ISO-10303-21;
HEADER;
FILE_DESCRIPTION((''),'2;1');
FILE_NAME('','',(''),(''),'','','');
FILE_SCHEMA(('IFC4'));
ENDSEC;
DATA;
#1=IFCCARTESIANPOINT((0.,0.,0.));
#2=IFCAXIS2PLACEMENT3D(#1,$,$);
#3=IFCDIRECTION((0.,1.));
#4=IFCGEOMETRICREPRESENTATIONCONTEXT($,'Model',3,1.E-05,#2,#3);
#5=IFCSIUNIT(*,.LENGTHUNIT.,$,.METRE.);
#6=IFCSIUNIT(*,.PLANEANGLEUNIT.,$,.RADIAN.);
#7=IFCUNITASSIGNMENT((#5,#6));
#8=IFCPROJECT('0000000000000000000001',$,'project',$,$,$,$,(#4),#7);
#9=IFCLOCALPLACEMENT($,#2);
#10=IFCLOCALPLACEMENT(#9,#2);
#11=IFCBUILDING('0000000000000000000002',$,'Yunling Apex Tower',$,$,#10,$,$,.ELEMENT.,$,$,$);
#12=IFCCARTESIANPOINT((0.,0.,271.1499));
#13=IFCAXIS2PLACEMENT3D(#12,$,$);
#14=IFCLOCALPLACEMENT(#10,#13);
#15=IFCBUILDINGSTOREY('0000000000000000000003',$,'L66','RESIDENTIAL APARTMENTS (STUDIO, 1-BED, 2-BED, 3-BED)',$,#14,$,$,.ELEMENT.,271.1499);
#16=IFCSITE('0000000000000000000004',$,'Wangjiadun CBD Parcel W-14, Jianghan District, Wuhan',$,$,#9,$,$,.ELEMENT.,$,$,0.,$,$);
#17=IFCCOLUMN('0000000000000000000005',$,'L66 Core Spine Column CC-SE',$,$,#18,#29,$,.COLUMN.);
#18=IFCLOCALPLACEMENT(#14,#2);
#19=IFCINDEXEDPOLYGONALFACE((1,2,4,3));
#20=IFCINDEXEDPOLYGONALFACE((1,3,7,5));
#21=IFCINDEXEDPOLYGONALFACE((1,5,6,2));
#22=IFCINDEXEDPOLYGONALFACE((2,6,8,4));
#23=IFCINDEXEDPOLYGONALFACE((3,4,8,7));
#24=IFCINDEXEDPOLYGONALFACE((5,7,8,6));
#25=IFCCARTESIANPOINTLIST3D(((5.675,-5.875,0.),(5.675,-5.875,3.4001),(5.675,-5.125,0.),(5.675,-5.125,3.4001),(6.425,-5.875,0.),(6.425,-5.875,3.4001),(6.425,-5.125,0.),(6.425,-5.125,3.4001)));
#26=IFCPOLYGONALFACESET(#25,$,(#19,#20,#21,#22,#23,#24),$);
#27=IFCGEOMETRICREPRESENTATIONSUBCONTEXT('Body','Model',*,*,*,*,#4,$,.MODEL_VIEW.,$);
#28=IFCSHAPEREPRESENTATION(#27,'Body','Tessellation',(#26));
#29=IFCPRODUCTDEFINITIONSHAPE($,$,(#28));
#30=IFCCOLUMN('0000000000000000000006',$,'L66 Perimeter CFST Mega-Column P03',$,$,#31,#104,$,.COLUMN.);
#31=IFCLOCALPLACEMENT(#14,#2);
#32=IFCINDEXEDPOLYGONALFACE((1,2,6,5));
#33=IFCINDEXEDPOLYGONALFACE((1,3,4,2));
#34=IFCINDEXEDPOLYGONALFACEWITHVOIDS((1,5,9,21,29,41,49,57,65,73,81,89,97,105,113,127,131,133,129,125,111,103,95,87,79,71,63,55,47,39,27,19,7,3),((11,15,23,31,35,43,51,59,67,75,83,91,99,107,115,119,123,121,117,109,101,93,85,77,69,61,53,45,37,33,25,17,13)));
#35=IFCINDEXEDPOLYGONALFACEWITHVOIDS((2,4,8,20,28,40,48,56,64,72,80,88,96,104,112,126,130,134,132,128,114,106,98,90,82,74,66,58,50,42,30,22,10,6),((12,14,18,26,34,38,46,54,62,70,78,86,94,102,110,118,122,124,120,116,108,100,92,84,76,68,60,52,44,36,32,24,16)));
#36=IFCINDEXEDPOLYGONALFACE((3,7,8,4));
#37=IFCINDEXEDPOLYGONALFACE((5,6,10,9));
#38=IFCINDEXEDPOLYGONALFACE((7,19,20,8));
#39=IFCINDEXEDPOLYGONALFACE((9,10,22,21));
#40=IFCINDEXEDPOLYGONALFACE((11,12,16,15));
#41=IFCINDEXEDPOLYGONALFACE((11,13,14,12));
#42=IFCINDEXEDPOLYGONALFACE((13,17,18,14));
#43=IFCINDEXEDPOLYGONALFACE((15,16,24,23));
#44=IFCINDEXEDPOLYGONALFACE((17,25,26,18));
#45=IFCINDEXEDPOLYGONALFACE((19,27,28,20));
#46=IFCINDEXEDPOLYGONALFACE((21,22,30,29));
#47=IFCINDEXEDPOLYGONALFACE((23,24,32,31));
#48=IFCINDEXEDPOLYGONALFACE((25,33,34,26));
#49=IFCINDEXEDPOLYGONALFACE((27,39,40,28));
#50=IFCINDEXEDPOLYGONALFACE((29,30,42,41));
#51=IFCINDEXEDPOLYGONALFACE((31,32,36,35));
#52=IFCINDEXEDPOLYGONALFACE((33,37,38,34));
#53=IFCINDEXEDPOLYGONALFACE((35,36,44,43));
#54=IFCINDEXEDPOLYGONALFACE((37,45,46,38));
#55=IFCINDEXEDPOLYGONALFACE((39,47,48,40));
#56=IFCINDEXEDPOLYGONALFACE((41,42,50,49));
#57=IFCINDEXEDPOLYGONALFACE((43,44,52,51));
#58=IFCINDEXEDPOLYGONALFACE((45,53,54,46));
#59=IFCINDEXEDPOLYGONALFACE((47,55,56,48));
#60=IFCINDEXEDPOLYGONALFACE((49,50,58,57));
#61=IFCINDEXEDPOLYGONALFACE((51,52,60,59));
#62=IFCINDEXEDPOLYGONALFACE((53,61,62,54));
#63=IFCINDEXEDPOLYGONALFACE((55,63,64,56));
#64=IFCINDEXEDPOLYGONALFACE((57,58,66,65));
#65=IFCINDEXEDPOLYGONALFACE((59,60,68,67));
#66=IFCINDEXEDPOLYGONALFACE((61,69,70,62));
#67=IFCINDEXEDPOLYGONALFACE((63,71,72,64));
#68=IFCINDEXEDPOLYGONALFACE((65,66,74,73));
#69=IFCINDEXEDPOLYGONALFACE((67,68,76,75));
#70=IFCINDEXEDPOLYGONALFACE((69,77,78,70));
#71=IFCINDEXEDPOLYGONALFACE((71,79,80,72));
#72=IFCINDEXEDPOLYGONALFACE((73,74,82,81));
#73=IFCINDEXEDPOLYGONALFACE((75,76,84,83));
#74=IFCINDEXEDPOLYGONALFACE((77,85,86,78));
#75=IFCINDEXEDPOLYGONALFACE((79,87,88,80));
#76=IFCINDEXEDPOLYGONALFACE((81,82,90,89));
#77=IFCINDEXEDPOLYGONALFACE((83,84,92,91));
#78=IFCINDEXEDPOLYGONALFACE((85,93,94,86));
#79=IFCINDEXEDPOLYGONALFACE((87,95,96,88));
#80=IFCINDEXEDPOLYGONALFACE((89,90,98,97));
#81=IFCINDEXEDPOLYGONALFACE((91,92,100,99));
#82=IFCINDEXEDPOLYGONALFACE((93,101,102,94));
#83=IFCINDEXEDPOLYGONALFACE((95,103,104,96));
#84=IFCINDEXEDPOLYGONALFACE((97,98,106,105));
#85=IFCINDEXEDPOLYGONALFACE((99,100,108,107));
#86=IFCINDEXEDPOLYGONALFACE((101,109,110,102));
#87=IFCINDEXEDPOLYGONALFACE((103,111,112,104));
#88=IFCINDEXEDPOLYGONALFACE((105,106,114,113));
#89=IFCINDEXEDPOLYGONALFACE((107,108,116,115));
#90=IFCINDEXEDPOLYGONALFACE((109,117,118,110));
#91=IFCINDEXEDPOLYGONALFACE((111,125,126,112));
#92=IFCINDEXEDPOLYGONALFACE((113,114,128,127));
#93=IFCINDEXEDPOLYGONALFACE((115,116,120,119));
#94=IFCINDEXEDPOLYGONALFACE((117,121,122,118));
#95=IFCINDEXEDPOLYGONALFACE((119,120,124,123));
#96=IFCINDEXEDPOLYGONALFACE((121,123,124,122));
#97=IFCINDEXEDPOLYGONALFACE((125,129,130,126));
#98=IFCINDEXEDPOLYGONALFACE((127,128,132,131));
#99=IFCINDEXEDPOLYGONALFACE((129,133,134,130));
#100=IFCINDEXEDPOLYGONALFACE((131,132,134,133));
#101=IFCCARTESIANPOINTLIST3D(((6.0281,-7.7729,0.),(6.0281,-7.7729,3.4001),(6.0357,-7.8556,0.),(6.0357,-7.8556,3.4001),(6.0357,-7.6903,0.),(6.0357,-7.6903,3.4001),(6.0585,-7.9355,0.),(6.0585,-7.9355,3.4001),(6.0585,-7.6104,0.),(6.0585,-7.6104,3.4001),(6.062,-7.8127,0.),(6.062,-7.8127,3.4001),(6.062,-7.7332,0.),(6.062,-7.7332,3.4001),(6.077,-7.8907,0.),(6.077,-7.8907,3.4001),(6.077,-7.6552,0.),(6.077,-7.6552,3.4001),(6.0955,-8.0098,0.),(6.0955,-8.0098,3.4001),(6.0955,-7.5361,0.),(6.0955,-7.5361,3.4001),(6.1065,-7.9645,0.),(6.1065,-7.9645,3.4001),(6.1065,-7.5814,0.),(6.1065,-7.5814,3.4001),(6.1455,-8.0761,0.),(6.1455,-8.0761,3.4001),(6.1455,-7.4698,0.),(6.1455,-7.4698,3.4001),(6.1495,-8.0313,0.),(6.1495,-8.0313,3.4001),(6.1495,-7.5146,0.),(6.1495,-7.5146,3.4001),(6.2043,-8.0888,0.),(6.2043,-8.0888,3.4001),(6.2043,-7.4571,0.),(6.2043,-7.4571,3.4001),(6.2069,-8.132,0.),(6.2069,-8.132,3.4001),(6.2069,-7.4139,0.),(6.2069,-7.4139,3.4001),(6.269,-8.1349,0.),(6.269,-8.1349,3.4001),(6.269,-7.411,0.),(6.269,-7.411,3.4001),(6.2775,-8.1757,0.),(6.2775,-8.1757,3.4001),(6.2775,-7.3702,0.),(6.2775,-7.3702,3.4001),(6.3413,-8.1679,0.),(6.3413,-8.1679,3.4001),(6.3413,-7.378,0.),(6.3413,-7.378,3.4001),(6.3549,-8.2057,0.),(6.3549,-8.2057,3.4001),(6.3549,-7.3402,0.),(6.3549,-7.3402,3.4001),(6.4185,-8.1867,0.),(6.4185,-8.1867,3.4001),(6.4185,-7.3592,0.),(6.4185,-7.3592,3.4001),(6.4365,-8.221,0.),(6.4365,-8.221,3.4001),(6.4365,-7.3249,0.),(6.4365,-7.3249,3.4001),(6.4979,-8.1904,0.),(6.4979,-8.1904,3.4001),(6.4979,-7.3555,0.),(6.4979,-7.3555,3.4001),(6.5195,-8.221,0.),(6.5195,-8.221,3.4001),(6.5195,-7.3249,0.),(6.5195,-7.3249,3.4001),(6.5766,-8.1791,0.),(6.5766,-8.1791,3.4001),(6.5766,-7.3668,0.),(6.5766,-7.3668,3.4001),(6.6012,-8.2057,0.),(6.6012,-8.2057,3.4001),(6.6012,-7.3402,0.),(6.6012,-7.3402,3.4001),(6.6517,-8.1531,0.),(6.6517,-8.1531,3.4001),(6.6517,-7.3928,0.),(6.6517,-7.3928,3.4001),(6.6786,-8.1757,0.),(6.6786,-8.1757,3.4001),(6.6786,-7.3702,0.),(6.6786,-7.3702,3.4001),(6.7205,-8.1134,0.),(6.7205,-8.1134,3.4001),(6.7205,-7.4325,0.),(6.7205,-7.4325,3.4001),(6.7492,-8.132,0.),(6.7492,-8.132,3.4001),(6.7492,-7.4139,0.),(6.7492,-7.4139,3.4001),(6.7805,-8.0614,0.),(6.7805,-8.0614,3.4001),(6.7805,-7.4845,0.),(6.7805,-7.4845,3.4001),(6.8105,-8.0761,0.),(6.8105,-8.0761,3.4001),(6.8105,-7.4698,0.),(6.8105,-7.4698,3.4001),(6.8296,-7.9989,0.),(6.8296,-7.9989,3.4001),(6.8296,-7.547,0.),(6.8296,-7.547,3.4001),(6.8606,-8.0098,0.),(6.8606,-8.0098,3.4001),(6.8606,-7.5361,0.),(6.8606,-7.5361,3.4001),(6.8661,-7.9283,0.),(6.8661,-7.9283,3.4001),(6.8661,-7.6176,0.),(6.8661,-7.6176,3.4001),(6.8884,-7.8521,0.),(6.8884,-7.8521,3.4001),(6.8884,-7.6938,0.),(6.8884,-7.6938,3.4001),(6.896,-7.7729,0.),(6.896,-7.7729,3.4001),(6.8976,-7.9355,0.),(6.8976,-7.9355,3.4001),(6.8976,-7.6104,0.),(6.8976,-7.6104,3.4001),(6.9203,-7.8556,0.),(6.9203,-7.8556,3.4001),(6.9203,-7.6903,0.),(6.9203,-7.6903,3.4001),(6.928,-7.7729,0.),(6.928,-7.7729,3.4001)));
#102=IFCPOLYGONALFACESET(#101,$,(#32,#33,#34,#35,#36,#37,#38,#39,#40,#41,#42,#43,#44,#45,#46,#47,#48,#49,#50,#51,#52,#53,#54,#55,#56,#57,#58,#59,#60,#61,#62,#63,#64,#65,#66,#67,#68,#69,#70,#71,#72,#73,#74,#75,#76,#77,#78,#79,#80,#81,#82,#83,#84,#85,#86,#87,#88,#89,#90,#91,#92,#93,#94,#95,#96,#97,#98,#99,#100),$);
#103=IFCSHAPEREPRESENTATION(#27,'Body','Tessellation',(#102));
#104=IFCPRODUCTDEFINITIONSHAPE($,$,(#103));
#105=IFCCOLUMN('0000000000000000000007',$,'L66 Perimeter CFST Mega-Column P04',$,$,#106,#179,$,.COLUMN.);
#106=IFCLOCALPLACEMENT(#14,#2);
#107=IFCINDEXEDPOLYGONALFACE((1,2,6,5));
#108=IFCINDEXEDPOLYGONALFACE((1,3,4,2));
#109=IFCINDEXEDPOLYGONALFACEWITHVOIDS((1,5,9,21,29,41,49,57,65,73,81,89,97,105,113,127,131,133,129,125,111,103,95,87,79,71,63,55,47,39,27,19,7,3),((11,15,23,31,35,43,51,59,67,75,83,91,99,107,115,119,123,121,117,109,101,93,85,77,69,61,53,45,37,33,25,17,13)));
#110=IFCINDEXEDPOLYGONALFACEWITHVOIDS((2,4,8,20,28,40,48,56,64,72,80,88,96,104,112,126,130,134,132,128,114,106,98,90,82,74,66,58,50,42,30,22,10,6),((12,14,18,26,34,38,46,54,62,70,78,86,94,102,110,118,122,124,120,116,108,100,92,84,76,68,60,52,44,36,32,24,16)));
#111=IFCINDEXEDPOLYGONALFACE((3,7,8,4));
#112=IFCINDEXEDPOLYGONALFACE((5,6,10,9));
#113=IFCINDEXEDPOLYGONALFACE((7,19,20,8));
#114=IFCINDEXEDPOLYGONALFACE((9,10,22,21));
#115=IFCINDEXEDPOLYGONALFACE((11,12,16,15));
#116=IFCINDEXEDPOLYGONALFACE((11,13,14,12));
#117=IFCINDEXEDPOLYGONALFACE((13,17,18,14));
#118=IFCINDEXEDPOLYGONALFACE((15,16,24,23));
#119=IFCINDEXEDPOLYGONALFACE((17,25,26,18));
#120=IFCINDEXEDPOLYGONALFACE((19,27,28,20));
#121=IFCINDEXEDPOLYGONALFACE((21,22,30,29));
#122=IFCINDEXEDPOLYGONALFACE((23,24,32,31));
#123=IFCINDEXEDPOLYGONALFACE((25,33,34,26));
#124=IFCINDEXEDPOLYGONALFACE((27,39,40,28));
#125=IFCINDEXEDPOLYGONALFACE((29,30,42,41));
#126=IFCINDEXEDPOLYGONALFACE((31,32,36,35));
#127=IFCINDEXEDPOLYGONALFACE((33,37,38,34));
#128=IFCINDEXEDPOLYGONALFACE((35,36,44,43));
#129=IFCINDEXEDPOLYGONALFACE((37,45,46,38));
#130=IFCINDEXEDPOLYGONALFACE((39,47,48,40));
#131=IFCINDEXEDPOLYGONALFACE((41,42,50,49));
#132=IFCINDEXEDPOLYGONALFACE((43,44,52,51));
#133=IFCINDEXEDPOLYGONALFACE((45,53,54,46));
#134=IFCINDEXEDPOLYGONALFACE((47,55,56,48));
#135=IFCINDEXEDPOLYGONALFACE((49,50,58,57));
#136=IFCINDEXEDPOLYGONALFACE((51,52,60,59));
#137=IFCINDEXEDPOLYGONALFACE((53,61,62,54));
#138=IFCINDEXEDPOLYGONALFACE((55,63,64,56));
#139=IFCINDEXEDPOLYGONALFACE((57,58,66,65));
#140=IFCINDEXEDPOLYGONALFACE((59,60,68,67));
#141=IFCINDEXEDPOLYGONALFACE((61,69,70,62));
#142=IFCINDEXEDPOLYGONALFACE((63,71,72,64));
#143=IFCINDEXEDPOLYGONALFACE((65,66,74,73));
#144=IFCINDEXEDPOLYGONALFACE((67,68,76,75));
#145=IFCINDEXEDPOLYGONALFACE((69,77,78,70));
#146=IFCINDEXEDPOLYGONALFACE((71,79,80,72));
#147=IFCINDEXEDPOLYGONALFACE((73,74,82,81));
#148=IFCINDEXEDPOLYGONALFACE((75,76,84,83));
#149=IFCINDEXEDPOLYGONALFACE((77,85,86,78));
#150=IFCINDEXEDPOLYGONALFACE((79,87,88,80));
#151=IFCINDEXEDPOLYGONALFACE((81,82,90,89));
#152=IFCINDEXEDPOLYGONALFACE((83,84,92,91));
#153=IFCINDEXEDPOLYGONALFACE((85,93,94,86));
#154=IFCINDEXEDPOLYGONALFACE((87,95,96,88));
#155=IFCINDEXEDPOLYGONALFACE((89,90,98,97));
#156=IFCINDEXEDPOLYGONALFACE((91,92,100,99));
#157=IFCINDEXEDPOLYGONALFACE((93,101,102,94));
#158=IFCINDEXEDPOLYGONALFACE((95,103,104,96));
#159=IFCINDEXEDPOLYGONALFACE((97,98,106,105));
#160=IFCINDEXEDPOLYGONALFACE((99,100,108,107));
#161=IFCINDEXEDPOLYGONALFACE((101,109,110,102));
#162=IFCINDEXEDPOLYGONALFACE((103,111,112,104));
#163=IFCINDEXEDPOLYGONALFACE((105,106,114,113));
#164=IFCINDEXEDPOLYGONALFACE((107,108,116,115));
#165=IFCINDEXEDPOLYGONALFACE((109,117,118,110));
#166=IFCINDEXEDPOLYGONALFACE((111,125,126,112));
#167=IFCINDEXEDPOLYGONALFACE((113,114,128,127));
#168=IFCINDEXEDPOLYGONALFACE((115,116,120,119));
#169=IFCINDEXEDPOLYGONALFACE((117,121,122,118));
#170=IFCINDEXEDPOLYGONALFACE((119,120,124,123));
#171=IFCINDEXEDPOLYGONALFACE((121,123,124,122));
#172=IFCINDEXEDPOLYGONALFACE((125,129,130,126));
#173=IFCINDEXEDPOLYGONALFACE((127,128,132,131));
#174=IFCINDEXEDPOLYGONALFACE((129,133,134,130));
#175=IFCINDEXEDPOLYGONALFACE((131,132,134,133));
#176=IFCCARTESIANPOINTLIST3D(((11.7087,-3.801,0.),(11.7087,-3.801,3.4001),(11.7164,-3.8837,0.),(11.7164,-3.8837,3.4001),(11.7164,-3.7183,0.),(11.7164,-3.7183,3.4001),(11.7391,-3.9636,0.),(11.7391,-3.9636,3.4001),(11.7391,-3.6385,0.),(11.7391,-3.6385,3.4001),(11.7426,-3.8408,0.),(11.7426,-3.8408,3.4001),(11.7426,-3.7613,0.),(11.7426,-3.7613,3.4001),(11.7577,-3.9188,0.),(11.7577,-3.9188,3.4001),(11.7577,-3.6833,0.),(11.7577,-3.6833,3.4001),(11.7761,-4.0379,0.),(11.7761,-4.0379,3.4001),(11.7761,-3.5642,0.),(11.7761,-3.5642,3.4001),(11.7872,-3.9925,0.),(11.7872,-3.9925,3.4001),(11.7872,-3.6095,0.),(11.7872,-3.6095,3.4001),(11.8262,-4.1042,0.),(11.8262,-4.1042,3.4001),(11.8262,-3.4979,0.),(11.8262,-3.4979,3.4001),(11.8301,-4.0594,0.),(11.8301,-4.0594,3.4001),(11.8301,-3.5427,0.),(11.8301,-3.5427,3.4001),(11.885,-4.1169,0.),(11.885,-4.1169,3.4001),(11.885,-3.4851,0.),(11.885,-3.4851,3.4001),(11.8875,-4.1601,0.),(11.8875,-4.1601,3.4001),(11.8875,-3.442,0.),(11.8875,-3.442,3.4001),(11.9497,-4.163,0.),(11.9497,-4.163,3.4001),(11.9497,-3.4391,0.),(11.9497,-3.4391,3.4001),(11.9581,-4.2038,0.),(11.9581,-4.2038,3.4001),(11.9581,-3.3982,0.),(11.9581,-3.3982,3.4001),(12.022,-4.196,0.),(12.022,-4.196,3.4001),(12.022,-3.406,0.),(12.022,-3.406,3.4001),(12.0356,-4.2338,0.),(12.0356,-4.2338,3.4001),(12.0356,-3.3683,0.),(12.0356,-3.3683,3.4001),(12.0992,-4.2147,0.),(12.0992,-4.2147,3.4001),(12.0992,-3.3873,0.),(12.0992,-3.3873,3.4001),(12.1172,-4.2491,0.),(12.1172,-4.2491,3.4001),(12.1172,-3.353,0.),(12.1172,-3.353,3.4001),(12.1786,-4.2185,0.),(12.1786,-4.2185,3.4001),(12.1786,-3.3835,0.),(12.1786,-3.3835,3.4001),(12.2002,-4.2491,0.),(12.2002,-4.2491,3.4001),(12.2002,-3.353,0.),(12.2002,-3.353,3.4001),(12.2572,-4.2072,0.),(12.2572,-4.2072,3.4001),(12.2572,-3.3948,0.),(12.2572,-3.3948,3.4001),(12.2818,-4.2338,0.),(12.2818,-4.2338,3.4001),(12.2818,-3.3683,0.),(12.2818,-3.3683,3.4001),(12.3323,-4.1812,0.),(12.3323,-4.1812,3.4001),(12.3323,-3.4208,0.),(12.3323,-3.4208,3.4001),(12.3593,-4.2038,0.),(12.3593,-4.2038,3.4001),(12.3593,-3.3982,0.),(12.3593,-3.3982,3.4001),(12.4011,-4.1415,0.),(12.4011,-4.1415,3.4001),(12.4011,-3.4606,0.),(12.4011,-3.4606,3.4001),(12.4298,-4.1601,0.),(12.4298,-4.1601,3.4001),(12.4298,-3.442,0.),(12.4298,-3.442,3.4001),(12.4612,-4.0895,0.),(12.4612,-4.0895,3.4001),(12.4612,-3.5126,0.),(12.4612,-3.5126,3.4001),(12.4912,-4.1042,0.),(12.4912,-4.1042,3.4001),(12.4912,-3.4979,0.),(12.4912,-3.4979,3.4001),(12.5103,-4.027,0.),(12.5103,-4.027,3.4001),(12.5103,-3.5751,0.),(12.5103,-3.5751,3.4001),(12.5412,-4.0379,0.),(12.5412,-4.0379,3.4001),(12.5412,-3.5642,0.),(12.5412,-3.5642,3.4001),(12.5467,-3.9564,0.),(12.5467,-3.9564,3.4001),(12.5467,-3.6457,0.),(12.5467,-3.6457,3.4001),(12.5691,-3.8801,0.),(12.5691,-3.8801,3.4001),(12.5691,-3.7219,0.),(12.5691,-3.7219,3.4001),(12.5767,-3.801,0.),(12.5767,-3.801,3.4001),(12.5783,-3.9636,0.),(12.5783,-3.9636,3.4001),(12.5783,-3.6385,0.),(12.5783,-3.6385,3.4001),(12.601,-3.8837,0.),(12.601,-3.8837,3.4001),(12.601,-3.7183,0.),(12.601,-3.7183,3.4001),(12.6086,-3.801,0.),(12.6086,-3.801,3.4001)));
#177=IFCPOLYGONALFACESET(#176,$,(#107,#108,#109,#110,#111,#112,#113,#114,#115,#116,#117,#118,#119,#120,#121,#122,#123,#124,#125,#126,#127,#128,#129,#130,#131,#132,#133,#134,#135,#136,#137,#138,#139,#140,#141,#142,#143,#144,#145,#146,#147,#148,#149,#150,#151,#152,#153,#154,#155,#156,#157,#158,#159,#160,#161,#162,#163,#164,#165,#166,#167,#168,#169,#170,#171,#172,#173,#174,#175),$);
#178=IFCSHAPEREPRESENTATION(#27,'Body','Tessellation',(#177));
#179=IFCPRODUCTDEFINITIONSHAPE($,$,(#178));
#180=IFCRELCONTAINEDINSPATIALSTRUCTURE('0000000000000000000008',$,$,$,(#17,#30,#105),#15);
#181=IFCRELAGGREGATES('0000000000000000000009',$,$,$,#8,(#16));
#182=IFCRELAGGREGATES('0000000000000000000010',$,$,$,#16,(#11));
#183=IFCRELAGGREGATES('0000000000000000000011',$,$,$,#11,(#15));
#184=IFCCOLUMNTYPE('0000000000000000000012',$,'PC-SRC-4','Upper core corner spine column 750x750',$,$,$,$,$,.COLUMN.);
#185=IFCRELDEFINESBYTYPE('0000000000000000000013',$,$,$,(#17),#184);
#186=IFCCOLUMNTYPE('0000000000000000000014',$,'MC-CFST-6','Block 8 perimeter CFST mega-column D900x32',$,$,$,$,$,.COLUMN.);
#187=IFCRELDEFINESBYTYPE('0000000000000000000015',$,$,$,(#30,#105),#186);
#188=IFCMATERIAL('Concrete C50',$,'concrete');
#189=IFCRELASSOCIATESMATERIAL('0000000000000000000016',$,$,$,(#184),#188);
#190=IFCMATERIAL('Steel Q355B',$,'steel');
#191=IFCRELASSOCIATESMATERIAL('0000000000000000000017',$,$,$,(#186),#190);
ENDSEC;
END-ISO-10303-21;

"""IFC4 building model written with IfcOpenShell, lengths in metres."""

from ifc_helpers import new_model, si_unit, direction, frame, origin, origin_2d, place, context, subcontext, project, spatial, rectangle, hollow_circle, extrude, source, transform, mapped, material, material_profile, profile_set, type_object, element, save


model = new_model("IFC4")

# Units and contexts
model_context = context("Model", 3, precision=1e-05, world=origin(), true_north=direction((0.0, 1.0)))
body_context = subcontext(model_context, "Body", "Model", "MODEL_VIEW")
ifc_project = project(units=[si_unit("LENGTHUNIT", "METRE"), si_unit("PLANEANGLEUNIT", "RADIAN")], contexts=[model_context])

# Site, building, storey
site_placement = place(None, origin())
site = spatial("IfcSite", under=ifc_project, at=site_placement, Name="Wangjiadun CBD Parcel W-14, Jianghan District, Wuhan", CompositionType="ELEMENT", RefElevation=0.0)
building_placement = place(site_placement, origin())
building = spatial("IfcBuilding", under=site, at=building_placement, Name="Yunling Apex Tower", CompositionType="ELEMENT")
storey_placement = place(building_placement, frame((0.0, 0.0, 271.1499)))
storey = spatial("IfcBuildingStorey", under=building, at=storey_placement, Name="L66", Description="RESIDENTIAL APARTMENTS (STUDIO, 1-BED, 2-BED, 3-BED)", CompositionType="ELEMENT", Elevation=271.1499)

# Columns
ifc_material_1 = material(Name="Concrete C50", Category="concrete")
ifc_material_profile_1 = material_profile(ifc_material_1, rectangle(XDim=0.75, YDim=0.75, at=origin_2d()))
ifc_profile_set_1 = profile_set([ifc_material_profile_1], Name="Concrete C50")
column_type_1 = type_object("IfcColumnType", Name="PC-SRC-4", Description="Upper core corner spine column 750x750", PredefinedType="COLUMN", material=ifc_profile_set_1)
shared_shape_1 = source(origin(), body_context, "Body", "SweptSolid", [
    extrude(rectangle(XDim=0.75, YDim=0.75, at=origin_2d()), origin(), (0.0, 0.0, 1.0), 3.4001),
])
column_placement = place(storey_placement, frame((6.05, -5.5, 0.0), z_axis=(0.0, 0.0, 1.0), x_axis=(1.0, 0.0, 0.0)))
element("IfcColumn", 1, at=column_placement, inside=storey, type_object=column_type_1, Name="L66 Core Spine Column CC-SE", PredefinedType="COLUMN", context=body_context, shape_type="MappedRepresentation", body=[
    mapped(shared_shape_1, transform((0.0, 0.0, 0.0), scale=1.0)),
])
ifc_material_2 = material(Name="Steel Q355B", Category="steel")
ifc_material_profile_2 = material_profile(ifc_material_2, hollow_circle(Radius=0.45, WallThickness=0.032, at=origin_2d()))
ifc_profile_set_2 = profile_set([ifc_material_profile_2], Name="Steel Q355B")
column_type_2 = type_object("IfcColumnType", Name="MC-CFST-6", Description="Block 8 perimeter CFST mega-column D900x32", PredefinedType="COLUMN", material=ifc_profile_set_2)
shared_shape_2 = source(origin(), body_context, "Body", "SweptSolid", [
    extrude(hollow_circle(Radius=0.45, WallThickness=0.032, at=origin_2d()), origin(), (0.0, 0.0, 1.0), 3.4001),
])
for number, where, z_axis, x_axis, name in (
    (2, (6.478, -7.7729, 0.0), (0.0, 0.0, 1.0), (1.0, 0.0, 0.0), "L66 Perimeter CFST Mega-Column P03"),
    (3, (12.1587, -3.801, 0.0), (0.0, 0.0, 1.0), (1.0, 0.0, 0.0), "L66 Perimeter CFST Mega-Column P04"),
):
    element("IfcColumn", number, at=place(storey_placement, frame(where, z_axis=z_axis, x_axis=x_axis)), inside=storey, type_object=column_type_2, Name=name, PredefinedType="COLUMN", context=body_context, shape_type="MappedRepresentation", body=[
        mapped(shared_shape_2, transform((0.0, 0.0, 0.0), scale=1.0)),
    ])

save(model, "model.ifc")
